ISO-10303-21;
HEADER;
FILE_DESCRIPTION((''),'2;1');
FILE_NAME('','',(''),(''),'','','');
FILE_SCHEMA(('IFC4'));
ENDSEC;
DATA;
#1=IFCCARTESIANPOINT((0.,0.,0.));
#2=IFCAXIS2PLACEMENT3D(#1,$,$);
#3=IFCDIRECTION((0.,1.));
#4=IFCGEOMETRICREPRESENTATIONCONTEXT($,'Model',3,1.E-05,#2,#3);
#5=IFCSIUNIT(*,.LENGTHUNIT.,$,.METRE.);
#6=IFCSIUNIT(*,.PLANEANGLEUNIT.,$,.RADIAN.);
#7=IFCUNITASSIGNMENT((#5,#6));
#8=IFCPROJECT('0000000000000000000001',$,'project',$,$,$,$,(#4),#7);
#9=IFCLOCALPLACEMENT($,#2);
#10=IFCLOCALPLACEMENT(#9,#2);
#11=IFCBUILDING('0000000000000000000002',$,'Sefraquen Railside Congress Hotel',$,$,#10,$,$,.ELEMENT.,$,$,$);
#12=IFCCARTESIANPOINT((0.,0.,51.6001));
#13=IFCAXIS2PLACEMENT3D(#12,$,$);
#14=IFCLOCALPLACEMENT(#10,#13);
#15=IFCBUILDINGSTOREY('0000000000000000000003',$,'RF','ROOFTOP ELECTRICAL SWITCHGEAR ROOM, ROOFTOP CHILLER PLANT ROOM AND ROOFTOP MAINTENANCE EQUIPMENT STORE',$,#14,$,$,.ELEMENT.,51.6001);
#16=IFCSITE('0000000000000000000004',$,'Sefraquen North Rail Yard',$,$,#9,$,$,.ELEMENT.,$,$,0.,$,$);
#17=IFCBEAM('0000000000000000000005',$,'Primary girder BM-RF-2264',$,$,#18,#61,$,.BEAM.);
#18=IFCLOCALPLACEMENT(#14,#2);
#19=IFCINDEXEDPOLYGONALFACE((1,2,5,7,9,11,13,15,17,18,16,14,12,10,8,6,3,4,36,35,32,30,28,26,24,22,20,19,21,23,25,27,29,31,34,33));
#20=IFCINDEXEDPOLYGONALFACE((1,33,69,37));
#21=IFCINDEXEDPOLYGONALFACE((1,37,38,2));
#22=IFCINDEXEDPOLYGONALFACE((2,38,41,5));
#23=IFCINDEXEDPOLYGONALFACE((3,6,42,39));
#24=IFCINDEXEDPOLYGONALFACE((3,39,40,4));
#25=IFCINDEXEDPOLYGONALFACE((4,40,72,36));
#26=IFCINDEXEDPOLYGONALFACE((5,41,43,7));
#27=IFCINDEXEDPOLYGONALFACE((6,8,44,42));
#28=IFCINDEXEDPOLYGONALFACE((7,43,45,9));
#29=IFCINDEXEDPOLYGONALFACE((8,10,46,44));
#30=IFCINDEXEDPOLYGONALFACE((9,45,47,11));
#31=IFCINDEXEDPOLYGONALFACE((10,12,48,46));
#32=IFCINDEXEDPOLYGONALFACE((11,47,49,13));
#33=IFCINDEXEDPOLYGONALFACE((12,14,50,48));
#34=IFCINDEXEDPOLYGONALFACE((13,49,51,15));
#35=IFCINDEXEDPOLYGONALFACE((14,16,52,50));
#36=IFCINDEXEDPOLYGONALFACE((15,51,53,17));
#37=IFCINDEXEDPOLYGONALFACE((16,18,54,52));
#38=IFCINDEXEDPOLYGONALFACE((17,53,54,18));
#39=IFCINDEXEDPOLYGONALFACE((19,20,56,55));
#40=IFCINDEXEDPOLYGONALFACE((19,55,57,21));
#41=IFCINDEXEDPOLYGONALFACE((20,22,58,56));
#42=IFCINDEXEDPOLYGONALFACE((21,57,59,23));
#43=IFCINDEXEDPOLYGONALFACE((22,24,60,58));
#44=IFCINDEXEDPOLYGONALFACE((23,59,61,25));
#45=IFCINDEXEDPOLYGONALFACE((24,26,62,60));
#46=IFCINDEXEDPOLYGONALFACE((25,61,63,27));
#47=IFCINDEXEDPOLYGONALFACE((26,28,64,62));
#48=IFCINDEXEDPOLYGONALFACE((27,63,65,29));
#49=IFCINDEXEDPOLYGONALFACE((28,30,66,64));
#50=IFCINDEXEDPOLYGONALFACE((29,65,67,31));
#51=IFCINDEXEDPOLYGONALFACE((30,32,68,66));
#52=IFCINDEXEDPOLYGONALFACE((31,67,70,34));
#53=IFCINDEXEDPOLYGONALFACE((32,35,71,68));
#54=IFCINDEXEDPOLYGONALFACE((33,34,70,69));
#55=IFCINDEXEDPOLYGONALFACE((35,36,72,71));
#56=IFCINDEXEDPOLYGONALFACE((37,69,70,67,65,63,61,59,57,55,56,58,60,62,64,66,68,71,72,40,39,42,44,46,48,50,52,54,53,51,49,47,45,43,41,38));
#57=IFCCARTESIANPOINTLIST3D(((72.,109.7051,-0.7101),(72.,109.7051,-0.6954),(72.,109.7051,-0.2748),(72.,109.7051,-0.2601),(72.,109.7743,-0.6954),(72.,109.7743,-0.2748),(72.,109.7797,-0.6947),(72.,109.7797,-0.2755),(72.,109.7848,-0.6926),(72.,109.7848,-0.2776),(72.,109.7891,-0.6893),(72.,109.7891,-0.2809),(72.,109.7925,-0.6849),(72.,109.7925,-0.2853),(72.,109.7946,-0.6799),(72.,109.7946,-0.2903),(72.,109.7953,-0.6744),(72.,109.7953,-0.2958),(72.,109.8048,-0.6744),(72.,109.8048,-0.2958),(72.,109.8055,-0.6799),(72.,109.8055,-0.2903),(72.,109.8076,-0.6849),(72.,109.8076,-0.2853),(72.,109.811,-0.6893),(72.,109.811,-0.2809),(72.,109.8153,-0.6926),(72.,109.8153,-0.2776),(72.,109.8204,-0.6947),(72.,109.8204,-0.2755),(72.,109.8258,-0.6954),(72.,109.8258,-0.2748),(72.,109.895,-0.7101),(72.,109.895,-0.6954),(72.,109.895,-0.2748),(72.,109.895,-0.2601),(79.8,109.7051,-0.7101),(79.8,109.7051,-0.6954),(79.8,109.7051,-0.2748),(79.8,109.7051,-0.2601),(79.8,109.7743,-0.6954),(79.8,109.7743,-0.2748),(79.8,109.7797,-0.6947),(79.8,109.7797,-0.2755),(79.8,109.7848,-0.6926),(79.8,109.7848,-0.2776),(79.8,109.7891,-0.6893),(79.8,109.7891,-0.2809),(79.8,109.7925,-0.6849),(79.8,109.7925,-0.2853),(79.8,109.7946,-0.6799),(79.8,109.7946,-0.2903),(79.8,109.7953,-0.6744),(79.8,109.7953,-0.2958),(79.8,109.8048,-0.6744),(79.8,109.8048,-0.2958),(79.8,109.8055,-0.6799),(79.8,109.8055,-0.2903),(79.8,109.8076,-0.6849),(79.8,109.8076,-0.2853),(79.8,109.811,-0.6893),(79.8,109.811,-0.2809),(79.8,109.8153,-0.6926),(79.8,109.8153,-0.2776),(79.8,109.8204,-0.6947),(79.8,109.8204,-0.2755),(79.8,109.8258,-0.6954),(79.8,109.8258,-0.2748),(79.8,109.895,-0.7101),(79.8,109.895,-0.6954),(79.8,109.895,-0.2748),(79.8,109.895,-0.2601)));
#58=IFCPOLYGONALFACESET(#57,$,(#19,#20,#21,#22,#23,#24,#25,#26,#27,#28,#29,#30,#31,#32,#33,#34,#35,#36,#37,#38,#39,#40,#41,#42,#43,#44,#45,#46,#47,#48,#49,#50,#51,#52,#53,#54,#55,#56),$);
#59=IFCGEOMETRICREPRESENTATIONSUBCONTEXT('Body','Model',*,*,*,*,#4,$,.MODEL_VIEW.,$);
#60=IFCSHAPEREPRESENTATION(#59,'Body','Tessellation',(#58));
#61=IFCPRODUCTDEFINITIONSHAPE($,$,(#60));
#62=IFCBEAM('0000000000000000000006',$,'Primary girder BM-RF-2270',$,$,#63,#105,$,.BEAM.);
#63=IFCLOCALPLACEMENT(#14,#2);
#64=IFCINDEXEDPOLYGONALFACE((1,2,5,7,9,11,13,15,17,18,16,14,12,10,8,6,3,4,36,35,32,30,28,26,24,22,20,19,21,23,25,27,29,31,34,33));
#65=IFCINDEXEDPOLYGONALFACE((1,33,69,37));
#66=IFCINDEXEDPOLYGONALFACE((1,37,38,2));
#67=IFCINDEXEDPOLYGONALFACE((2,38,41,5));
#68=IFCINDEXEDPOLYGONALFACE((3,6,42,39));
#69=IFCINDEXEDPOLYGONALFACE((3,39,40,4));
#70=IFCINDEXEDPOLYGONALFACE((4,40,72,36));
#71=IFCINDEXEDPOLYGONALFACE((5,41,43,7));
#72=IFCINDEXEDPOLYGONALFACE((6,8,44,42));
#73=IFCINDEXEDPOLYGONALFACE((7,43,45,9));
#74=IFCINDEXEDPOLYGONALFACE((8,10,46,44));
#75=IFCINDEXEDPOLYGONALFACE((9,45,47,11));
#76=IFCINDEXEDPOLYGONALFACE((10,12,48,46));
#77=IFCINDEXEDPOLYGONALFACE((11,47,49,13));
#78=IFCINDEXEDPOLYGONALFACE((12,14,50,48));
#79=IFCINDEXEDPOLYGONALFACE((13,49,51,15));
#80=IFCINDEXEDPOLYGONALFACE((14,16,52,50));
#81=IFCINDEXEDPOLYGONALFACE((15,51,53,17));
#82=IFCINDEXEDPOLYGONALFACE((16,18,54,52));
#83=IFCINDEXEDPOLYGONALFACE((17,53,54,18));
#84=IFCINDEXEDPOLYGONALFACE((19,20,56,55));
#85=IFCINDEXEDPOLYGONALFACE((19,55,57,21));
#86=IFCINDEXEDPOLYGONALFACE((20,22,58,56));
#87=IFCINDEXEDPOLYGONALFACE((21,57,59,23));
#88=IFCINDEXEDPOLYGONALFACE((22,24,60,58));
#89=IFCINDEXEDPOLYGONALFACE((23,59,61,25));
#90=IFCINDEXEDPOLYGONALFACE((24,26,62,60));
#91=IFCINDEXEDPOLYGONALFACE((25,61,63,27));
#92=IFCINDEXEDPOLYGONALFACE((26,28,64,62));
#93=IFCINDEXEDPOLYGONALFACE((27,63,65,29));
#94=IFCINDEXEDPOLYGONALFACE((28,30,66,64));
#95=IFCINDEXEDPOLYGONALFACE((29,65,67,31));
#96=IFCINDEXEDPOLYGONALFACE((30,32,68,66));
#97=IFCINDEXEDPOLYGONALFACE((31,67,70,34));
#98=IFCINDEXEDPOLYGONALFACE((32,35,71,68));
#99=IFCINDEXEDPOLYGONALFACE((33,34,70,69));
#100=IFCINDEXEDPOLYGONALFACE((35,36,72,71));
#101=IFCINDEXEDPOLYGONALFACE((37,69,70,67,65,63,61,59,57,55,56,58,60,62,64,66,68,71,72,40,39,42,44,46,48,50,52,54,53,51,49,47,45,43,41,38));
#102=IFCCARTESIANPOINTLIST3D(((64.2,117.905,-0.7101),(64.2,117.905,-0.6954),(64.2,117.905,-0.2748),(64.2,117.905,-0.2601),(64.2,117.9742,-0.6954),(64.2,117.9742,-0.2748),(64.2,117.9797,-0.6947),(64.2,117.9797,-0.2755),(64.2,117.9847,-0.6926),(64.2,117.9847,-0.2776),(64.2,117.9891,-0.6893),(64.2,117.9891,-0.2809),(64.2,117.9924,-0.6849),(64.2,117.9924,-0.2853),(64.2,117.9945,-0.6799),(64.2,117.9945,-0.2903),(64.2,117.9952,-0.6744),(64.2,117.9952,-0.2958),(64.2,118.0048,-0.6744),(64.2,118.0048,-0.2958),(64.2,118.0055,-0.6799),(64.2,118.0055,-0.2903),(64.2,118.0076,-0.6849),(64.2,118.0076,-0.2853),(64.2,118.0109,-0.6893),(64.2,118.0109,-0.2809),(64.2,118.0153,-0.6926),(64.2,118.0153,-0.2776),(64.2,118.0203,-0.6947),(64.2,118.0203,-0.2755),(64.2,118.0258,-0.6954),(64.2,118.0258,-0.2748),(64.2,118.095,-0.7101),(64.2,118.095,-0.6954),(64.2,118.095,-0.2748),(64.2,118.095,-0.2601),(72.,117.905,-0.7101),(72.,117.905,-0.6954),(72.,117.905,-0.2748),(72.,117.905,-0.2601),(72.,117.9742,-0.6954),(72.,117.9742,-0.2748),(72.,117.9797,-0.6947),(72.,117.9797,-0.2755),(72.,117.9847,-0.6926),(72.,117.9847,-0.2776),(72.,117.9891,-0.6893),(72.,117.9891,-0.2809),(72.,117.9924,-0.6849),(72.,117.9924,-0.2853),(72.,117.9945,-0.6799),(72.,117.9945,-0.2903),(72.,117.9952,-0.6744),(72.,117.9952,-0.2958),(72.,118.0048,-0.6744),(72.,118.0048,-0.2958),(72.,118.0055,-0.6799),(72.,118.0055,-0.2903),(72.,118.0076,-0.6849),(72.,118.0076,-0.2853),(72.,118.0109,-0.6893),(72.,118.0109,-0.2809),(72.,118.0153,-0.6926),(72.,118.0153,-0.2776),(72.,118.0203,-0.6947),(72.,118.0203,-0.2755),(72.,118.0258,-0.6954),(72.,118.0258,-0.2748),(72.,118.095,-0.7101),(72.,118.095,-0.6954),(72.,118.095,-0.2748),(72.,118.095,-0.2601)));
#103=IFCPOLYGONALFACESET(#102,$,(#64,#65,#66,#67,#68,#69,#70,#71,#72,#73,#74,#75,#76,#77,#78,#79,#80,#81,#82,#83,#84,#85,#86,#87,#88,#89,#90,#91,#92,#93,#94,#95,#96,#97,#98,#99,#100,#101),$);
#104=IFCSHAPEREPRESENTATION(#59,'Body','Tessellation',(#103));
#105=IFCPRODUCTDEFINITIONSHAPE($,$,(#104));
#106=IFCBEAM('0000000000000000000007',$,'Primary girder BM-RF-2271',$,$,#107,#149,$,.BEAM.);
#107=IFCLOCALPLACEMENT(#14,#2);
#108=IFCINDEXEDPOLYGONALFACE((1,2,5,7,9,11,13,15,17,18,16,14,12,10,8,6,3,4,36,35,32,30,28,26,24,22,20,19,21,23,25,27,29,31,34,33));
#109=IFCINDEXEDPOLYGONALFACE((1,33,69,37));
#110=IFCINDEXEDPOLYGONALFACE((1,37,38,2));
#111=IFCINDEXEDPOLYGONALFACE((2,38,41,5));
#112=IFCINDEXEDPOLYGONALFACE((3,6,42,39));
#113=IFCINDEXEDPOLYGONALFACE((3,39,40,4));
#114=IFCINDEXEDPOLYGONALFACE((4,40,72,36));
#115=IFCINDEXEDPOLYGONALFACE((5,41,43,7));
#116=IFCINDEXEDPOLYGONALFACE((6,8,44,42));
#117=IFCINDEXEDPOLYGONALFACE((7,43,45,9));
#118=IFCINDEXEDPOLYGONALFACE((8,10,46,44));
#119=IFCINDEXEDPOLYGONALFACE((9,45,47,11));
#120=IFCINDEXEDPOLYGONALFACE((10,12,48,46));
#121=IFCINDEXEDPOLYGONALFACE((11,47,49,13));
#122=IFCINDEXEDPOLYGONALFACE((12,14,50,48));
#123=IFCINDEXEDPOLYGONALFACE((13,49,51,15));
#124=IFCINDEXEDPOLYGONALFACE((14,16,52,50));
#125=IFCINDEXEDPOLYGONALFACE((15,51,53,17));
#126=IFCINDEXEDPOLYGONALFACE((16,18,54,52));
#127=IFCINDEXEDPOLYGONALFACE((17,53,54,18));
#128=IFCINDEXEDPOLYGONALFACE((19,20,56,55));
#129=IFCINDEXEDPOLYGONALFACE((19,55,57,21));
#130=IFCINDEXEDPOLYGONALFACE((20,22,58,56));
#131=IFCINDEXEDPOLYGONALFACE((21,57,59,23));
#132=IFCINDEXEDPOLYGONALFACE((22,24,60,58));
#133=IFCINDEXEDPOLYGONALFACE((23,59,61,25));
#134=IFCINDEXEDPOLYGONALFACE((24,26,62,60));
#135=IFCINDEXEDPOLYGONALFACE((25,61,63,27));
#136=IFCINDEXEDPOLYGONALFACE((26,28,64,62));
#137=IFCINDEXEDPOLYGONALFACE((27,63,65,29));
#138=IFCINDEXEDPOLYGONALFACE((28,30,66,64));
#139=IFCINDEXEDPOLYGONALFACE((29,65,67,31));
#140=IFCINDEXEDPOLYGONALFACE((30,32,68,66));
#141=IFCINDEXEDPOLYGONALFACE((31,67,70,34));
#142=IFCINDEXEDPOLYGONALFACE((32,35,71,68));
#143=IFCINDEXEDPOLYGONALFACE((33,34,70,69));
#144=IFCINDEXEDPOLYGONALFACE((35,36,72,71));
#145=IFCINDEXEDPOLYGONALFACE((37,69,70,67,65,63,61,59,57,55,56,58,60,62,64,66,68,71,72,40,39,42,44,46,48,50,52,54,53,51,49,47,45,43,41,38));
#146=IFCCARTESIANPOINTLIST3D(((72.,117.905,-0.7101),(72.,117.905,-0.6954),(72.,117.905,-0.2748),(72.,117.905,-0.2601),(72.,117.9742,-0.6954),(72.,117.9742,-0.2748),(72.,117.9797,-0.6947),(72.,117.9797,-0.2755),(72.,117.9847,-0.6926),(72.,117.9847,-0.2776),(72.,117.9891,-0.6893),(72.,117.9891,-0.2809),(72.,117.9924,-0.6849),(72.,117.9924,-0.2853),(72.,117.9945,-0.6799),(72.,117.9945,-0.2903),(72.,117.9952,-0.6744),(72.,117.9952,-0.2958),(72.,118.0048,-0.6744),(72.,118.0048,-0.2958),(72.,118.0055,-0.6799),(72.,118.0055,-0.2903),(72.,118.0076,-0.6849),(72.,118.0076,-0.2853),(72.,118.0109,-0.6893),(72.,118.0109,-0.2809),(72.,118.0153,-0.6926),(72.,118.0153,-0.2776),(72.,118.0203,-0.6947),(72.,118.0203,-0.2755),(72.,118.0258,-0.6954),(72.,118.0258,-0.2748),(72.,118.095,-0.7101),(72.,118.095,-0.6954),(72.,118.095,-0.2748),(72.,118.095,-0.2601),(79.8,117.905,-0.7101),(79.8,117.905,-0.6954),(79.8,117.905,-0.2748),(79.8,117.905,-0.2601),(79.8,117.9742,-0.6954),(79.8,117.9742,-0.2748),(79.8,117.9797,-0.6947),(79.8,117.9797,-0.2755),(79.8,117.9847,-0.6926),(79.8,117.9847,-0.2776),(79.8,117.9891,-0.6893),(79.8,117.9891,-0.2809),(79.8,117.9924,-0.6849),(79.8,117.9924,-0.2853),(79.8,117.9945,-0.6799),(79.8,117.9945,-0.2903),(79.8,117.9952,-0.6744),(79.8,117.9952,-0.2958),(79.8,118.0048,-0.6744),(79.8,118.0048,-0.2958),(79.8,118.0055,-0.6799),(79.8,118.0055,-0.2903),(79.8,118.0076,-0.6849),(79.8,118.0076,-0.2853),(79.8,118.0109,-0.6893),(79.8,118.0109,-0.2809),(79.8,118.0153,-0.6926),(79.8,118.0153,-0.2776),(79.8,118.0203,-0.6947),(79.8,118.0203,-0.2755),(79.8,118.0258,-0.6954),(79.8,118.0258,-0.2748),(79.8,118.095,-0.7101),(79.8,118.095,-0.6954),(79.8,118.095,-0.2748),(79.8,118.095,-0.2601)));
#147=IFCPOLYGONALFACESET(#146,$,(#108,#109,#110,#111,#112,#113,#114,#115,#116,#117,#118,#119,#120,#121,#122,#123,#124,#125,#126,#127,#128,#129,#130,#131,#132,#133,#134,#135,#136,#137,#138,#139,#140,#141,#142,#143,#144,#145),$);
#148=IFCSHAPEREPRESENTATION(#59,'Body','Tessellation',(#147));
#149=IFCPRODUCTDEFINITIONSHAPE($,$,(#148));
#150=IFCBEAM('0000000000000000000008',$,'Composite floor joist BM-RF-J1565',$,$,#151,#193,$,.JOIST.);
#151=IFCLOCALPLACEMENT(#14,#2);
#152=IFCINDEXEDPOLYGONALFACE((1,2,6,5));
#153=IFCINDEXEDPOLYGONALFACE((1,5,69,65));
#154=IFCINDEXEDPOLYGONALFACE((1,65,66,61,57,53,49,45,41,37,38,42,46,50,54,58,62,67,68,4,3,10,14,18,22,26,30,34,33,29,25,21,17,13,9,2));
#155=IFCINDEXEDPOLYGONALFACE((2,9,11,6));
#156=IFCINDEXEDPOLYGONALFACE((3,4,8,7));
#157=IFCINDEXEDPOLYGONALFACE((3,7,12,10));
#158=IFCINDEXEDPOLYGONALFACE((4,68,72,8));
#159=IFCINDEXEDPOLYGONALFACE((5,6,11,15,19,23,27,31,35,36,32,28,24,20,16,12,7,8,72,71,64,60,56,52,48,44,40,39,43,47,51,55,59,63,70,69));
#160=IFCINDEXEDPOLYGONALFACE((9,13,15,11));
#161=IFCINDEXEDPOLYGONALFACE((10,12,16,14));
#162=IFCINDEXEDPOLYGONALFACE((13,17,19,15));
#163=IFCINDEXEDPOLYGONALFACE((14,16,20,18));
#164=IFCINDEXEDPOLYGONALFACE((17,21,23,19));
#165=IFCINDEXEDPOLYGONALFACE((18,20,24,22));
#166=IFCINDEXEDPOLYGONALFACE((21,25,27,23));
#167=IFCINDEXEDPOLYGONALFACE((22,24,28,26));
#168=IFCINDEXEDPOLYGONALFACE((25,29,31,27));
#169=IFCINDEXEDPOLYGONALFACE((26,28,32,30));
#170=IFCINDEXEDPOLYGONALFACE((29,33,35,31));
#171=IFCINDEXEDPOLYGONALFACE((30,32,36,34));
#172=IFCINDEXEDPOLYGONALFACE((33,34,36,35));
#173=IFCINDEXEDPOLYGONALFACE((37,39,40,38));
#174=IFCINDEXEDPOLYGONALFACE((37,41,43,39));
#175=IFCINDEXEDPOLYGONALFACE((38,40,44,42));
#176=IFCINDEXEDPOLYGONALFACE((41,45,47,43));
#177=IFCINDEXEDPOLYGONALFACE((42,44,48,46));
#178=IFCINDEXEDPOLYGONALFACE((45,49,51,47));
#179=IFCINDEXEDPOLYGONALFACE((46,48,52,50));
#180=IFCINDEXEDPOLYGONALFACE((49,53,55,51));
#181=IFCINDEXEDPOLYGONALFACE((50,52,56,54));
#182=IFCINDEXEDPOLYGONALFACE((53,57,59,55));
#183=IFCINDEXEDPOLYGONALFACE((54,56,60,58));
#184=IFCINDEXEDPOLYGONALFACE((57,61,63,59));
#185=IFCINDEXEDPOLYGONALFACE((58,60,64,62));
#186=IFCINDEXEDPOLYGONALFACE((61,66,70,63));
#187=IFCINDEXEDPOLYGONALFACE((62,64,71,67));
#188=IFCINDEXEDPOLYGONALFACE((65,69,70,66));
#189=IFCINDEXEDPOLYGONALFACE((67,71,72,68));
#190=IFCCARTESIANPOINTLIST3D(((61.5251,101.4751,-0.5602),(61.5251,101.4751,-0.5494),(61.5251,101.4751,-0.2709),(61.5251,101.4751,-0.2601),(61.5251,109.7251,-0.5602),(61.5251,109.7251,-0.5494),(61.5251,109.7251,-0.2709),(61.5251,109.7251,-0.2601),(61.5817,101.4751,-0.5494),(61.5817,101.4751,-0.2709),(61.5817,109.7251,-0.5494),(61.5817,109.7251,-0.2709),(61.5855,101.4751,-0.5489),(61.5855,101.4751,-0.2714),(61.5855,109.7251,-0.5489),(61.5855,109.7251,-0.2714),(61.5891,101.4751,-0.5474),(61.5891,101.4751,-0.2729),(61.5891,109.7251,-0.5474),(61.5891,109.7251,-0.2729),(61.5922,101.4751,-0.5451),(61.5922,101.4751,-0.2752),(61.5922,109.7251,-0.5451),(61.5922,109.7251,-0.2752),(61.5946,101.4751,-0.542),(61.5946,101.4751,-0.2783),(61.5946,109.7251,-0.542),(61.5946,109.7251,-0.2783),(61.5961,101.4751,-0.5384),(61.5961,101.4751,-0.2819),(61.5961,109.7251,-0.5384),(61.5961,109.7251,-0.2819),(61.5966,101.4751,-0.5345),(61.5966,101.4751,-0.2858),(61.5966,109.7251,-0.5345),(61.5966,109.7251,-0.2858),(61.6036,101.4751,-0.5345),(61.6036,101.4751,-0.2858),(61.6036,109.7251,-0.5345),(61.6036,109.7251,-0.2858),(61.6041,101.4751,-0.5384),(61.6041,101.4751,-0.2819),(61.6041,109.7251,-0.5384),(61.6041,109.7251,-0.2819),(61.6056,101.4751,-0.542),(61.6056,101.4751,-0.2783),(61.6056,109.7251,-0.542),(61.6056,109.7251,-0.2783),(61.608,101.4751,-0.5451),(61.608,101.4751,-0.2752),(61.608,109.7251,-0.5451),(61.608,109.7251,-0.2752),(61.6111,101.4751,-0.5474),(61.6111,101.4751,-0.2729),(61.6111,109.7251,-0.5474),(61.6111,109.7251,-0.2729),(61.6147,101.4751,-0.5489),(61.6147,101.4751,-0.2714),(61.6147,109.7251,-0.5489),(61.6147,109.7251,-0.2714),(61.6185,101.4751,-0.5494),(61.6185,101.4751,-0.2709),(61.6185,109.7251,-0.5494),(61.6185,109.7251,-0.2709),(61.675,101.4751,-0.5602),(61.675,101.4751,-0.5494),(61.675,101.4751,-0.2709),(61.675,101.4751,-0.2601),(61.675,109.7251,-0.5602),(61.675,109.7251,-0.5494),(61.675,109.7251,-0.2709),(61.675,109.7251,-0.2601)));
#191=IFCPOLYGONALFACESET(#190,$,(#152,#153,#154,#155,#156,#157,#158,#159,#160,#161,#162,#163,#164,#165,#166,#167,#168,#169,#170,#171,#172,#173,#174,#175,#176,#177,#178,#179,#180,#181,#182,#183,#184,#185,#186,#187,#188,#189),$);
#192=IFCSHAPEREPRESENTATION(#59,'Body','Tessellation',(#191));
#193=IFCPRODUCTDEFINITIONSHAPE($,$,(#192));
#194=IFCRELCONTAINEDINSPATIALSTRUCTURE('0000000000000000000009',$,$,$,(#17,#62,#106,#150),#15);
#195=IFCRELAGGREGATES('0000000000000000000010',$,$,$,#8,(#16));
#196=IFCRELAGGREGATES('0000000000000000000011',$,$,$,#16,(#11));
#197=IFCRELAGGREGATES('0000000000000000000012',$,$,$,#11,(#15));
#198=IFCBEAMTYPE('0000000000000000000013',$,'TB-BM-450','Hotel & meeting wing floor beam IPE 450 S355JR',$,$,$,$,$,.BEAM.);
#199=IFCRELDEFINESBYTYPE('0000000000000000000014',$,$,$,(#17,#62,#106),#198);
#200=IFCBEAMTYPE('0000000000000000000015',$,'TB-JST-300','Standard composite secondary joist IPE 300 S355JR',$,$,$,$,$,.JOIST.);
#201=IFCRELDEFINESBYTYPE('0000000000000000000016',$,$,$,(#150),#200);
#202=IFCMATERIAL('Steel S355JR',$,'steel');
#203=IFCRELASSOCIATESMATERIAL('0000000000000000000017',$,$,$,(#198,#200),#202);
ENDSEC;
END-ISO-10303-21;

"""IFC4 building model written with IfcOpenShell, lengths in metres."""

from ifc_helpers import new_model, si_unit, direction, frame, origin, origin_2d, place, context, subcontext, project, spatial, i_section, extrude, material, material_profile, profile_set, type_object, element, save


model = new_model("IFC4")

# Units and contexts
model_context = context("Model", 3, precision=1e-05, world=origin(), true_north=direction((0.0, 1.0)))
body_context = subcontext(model_context, "Body", "Model", "MODEL_VIEW")
ifc_project = project(units=[si_unit("LENGTHUNIT", "METRE"), si_unit("PLANEANGLEUNIT", "RADIAN")], contexts=[model_context])

# Site, building, storey
site_placement = place(None, origin())
site = spatial("IfcSite", under=ifc_project, at=site_placement, Name="Sefraquen North Rail Yard", CompositionType="ELEMENT", RefElevation=0.0)
building_placement = place(site_placement, origin())
building = spatial("IfcBuilding", under=site, at=building_placement, Name="Sefraquen Railside Congress Hotel", CompositionType="ELEMENT")
storey_placement = place(building_placement, frame((0.0, 0.0, 51.6001)))
storey = spatial("IfcBuildingStorey", under=building, at=storey_placement, Name="RF", Description="ROOFTOP ELECTRICAL SWITCHGEAR ROOM, ROOFTOP CHILLER PLANT ROOM AND ROOFTOP MAINTENANCE EQUIPMENT STORE", CompositionType="ELEMENT", Elevation=51.6001)

# Beams
ifc_material_1 = material(Name="Steel S355JR", Category="steel")
ifc_material_profile_1 = material_profile(ifc_material_1, i_section(OverallWidth=0.1899, OverallDepth=0.45, WebThickness=0.0095, FlangeThickness=0.0146, FilletRadius=0.021, at=origin_2d()), Name="IPE 450")
ifc_profile_set_1 = profile_set([ifc_material_profile_1], Name="Steel S355JR")
beam_type_1 = type_object("IfcBeamType", Name="TB-BM-450", Description="Hotel & meeting wing floor beam IPE 450 S355JR", PredefinedType="BEAM", material=ifc_profile_set_1)
for number, where, z_axis, x_axis, name in (
    (1, (72.0, 109.8, -0.4851), (1.0, 0.0, 0.0), (0.0, 1.0, 0.0), "Primary girder BM-RF-2264"),
    (2, (64.2, 118.0, -0.4851), (1.0, 0.0, 0.0), (0.0, 1.0, 0.0), "Primary girder BM-RF-2270"),
    (3, (72.0, 118.0, -0.4851), (1.0, 0.0, 0.0), (0.0, 1.0, 0.0), "Primary girder BM-RF-2271"),
):
    element("IfcBeam", number, at=place(storey_placement, frame(where, z_axis=z_axis, x_axis=x_axis)), inside=storey, type_object=beam_type_1, Name=name, PredefinedType="BEAM", context=body_context, shape_type="SweptSolid", body=[
        extrude(i_section(OverallWidth=0.1899, OverallDepth=0.45, WebThickness=0.0095, FlangeThickness=0.0146, FilletRadius=0.021, at=origin_2d()), origin(), (0.0, 0.0, 1.0), 7.8),
    ])
ifc_material_profile_2 = material_profile(ifc_material_1, i_section(OverallWidth=0.1499, OverallDepth=0.3, WebThickness=0.0071, FlangeThickness=0.0107, FilletRadius=0.0149, at=origin_2d()), Name="IPE 300")
ifc_profile_set_2 = profile_set([ifc_material_profile_2], Name="Steel S355JR")
beam_type_2 = type_object("IfcBeamType", Name="TB-JST-300", Description="Standard composite secondary joist IPE 300 S355JR", PredefinedType="JOIST", material=ifc_profile_set_2)
beam_1_placement = place(storey_placement, frame((61.6001, 101.4751, -0.4102), z_axis=(0.0, 1.0, 0.0), x_axis=(-1.0, 0.0, 0.0)))
element("IfcBeam", 4, at=beam_1_placement, inside=storey, type_object=beam_type_2, Name="Composite floor joist BM-RF-J1565", PredefinedType="JOIST", context=body_context, shape_type="SweptSolid", body=[
    extrude(i_section(OverallWidth=0.1499, OverallDepth=0.3, WebThickness=0.0071, FlangeThickness=0.0107, FilletRadius=0.0149, at=origin_2d()), origin(), (0.0, 0.0, 1.0), 8.25),
])

save(model, "model.ifc")
